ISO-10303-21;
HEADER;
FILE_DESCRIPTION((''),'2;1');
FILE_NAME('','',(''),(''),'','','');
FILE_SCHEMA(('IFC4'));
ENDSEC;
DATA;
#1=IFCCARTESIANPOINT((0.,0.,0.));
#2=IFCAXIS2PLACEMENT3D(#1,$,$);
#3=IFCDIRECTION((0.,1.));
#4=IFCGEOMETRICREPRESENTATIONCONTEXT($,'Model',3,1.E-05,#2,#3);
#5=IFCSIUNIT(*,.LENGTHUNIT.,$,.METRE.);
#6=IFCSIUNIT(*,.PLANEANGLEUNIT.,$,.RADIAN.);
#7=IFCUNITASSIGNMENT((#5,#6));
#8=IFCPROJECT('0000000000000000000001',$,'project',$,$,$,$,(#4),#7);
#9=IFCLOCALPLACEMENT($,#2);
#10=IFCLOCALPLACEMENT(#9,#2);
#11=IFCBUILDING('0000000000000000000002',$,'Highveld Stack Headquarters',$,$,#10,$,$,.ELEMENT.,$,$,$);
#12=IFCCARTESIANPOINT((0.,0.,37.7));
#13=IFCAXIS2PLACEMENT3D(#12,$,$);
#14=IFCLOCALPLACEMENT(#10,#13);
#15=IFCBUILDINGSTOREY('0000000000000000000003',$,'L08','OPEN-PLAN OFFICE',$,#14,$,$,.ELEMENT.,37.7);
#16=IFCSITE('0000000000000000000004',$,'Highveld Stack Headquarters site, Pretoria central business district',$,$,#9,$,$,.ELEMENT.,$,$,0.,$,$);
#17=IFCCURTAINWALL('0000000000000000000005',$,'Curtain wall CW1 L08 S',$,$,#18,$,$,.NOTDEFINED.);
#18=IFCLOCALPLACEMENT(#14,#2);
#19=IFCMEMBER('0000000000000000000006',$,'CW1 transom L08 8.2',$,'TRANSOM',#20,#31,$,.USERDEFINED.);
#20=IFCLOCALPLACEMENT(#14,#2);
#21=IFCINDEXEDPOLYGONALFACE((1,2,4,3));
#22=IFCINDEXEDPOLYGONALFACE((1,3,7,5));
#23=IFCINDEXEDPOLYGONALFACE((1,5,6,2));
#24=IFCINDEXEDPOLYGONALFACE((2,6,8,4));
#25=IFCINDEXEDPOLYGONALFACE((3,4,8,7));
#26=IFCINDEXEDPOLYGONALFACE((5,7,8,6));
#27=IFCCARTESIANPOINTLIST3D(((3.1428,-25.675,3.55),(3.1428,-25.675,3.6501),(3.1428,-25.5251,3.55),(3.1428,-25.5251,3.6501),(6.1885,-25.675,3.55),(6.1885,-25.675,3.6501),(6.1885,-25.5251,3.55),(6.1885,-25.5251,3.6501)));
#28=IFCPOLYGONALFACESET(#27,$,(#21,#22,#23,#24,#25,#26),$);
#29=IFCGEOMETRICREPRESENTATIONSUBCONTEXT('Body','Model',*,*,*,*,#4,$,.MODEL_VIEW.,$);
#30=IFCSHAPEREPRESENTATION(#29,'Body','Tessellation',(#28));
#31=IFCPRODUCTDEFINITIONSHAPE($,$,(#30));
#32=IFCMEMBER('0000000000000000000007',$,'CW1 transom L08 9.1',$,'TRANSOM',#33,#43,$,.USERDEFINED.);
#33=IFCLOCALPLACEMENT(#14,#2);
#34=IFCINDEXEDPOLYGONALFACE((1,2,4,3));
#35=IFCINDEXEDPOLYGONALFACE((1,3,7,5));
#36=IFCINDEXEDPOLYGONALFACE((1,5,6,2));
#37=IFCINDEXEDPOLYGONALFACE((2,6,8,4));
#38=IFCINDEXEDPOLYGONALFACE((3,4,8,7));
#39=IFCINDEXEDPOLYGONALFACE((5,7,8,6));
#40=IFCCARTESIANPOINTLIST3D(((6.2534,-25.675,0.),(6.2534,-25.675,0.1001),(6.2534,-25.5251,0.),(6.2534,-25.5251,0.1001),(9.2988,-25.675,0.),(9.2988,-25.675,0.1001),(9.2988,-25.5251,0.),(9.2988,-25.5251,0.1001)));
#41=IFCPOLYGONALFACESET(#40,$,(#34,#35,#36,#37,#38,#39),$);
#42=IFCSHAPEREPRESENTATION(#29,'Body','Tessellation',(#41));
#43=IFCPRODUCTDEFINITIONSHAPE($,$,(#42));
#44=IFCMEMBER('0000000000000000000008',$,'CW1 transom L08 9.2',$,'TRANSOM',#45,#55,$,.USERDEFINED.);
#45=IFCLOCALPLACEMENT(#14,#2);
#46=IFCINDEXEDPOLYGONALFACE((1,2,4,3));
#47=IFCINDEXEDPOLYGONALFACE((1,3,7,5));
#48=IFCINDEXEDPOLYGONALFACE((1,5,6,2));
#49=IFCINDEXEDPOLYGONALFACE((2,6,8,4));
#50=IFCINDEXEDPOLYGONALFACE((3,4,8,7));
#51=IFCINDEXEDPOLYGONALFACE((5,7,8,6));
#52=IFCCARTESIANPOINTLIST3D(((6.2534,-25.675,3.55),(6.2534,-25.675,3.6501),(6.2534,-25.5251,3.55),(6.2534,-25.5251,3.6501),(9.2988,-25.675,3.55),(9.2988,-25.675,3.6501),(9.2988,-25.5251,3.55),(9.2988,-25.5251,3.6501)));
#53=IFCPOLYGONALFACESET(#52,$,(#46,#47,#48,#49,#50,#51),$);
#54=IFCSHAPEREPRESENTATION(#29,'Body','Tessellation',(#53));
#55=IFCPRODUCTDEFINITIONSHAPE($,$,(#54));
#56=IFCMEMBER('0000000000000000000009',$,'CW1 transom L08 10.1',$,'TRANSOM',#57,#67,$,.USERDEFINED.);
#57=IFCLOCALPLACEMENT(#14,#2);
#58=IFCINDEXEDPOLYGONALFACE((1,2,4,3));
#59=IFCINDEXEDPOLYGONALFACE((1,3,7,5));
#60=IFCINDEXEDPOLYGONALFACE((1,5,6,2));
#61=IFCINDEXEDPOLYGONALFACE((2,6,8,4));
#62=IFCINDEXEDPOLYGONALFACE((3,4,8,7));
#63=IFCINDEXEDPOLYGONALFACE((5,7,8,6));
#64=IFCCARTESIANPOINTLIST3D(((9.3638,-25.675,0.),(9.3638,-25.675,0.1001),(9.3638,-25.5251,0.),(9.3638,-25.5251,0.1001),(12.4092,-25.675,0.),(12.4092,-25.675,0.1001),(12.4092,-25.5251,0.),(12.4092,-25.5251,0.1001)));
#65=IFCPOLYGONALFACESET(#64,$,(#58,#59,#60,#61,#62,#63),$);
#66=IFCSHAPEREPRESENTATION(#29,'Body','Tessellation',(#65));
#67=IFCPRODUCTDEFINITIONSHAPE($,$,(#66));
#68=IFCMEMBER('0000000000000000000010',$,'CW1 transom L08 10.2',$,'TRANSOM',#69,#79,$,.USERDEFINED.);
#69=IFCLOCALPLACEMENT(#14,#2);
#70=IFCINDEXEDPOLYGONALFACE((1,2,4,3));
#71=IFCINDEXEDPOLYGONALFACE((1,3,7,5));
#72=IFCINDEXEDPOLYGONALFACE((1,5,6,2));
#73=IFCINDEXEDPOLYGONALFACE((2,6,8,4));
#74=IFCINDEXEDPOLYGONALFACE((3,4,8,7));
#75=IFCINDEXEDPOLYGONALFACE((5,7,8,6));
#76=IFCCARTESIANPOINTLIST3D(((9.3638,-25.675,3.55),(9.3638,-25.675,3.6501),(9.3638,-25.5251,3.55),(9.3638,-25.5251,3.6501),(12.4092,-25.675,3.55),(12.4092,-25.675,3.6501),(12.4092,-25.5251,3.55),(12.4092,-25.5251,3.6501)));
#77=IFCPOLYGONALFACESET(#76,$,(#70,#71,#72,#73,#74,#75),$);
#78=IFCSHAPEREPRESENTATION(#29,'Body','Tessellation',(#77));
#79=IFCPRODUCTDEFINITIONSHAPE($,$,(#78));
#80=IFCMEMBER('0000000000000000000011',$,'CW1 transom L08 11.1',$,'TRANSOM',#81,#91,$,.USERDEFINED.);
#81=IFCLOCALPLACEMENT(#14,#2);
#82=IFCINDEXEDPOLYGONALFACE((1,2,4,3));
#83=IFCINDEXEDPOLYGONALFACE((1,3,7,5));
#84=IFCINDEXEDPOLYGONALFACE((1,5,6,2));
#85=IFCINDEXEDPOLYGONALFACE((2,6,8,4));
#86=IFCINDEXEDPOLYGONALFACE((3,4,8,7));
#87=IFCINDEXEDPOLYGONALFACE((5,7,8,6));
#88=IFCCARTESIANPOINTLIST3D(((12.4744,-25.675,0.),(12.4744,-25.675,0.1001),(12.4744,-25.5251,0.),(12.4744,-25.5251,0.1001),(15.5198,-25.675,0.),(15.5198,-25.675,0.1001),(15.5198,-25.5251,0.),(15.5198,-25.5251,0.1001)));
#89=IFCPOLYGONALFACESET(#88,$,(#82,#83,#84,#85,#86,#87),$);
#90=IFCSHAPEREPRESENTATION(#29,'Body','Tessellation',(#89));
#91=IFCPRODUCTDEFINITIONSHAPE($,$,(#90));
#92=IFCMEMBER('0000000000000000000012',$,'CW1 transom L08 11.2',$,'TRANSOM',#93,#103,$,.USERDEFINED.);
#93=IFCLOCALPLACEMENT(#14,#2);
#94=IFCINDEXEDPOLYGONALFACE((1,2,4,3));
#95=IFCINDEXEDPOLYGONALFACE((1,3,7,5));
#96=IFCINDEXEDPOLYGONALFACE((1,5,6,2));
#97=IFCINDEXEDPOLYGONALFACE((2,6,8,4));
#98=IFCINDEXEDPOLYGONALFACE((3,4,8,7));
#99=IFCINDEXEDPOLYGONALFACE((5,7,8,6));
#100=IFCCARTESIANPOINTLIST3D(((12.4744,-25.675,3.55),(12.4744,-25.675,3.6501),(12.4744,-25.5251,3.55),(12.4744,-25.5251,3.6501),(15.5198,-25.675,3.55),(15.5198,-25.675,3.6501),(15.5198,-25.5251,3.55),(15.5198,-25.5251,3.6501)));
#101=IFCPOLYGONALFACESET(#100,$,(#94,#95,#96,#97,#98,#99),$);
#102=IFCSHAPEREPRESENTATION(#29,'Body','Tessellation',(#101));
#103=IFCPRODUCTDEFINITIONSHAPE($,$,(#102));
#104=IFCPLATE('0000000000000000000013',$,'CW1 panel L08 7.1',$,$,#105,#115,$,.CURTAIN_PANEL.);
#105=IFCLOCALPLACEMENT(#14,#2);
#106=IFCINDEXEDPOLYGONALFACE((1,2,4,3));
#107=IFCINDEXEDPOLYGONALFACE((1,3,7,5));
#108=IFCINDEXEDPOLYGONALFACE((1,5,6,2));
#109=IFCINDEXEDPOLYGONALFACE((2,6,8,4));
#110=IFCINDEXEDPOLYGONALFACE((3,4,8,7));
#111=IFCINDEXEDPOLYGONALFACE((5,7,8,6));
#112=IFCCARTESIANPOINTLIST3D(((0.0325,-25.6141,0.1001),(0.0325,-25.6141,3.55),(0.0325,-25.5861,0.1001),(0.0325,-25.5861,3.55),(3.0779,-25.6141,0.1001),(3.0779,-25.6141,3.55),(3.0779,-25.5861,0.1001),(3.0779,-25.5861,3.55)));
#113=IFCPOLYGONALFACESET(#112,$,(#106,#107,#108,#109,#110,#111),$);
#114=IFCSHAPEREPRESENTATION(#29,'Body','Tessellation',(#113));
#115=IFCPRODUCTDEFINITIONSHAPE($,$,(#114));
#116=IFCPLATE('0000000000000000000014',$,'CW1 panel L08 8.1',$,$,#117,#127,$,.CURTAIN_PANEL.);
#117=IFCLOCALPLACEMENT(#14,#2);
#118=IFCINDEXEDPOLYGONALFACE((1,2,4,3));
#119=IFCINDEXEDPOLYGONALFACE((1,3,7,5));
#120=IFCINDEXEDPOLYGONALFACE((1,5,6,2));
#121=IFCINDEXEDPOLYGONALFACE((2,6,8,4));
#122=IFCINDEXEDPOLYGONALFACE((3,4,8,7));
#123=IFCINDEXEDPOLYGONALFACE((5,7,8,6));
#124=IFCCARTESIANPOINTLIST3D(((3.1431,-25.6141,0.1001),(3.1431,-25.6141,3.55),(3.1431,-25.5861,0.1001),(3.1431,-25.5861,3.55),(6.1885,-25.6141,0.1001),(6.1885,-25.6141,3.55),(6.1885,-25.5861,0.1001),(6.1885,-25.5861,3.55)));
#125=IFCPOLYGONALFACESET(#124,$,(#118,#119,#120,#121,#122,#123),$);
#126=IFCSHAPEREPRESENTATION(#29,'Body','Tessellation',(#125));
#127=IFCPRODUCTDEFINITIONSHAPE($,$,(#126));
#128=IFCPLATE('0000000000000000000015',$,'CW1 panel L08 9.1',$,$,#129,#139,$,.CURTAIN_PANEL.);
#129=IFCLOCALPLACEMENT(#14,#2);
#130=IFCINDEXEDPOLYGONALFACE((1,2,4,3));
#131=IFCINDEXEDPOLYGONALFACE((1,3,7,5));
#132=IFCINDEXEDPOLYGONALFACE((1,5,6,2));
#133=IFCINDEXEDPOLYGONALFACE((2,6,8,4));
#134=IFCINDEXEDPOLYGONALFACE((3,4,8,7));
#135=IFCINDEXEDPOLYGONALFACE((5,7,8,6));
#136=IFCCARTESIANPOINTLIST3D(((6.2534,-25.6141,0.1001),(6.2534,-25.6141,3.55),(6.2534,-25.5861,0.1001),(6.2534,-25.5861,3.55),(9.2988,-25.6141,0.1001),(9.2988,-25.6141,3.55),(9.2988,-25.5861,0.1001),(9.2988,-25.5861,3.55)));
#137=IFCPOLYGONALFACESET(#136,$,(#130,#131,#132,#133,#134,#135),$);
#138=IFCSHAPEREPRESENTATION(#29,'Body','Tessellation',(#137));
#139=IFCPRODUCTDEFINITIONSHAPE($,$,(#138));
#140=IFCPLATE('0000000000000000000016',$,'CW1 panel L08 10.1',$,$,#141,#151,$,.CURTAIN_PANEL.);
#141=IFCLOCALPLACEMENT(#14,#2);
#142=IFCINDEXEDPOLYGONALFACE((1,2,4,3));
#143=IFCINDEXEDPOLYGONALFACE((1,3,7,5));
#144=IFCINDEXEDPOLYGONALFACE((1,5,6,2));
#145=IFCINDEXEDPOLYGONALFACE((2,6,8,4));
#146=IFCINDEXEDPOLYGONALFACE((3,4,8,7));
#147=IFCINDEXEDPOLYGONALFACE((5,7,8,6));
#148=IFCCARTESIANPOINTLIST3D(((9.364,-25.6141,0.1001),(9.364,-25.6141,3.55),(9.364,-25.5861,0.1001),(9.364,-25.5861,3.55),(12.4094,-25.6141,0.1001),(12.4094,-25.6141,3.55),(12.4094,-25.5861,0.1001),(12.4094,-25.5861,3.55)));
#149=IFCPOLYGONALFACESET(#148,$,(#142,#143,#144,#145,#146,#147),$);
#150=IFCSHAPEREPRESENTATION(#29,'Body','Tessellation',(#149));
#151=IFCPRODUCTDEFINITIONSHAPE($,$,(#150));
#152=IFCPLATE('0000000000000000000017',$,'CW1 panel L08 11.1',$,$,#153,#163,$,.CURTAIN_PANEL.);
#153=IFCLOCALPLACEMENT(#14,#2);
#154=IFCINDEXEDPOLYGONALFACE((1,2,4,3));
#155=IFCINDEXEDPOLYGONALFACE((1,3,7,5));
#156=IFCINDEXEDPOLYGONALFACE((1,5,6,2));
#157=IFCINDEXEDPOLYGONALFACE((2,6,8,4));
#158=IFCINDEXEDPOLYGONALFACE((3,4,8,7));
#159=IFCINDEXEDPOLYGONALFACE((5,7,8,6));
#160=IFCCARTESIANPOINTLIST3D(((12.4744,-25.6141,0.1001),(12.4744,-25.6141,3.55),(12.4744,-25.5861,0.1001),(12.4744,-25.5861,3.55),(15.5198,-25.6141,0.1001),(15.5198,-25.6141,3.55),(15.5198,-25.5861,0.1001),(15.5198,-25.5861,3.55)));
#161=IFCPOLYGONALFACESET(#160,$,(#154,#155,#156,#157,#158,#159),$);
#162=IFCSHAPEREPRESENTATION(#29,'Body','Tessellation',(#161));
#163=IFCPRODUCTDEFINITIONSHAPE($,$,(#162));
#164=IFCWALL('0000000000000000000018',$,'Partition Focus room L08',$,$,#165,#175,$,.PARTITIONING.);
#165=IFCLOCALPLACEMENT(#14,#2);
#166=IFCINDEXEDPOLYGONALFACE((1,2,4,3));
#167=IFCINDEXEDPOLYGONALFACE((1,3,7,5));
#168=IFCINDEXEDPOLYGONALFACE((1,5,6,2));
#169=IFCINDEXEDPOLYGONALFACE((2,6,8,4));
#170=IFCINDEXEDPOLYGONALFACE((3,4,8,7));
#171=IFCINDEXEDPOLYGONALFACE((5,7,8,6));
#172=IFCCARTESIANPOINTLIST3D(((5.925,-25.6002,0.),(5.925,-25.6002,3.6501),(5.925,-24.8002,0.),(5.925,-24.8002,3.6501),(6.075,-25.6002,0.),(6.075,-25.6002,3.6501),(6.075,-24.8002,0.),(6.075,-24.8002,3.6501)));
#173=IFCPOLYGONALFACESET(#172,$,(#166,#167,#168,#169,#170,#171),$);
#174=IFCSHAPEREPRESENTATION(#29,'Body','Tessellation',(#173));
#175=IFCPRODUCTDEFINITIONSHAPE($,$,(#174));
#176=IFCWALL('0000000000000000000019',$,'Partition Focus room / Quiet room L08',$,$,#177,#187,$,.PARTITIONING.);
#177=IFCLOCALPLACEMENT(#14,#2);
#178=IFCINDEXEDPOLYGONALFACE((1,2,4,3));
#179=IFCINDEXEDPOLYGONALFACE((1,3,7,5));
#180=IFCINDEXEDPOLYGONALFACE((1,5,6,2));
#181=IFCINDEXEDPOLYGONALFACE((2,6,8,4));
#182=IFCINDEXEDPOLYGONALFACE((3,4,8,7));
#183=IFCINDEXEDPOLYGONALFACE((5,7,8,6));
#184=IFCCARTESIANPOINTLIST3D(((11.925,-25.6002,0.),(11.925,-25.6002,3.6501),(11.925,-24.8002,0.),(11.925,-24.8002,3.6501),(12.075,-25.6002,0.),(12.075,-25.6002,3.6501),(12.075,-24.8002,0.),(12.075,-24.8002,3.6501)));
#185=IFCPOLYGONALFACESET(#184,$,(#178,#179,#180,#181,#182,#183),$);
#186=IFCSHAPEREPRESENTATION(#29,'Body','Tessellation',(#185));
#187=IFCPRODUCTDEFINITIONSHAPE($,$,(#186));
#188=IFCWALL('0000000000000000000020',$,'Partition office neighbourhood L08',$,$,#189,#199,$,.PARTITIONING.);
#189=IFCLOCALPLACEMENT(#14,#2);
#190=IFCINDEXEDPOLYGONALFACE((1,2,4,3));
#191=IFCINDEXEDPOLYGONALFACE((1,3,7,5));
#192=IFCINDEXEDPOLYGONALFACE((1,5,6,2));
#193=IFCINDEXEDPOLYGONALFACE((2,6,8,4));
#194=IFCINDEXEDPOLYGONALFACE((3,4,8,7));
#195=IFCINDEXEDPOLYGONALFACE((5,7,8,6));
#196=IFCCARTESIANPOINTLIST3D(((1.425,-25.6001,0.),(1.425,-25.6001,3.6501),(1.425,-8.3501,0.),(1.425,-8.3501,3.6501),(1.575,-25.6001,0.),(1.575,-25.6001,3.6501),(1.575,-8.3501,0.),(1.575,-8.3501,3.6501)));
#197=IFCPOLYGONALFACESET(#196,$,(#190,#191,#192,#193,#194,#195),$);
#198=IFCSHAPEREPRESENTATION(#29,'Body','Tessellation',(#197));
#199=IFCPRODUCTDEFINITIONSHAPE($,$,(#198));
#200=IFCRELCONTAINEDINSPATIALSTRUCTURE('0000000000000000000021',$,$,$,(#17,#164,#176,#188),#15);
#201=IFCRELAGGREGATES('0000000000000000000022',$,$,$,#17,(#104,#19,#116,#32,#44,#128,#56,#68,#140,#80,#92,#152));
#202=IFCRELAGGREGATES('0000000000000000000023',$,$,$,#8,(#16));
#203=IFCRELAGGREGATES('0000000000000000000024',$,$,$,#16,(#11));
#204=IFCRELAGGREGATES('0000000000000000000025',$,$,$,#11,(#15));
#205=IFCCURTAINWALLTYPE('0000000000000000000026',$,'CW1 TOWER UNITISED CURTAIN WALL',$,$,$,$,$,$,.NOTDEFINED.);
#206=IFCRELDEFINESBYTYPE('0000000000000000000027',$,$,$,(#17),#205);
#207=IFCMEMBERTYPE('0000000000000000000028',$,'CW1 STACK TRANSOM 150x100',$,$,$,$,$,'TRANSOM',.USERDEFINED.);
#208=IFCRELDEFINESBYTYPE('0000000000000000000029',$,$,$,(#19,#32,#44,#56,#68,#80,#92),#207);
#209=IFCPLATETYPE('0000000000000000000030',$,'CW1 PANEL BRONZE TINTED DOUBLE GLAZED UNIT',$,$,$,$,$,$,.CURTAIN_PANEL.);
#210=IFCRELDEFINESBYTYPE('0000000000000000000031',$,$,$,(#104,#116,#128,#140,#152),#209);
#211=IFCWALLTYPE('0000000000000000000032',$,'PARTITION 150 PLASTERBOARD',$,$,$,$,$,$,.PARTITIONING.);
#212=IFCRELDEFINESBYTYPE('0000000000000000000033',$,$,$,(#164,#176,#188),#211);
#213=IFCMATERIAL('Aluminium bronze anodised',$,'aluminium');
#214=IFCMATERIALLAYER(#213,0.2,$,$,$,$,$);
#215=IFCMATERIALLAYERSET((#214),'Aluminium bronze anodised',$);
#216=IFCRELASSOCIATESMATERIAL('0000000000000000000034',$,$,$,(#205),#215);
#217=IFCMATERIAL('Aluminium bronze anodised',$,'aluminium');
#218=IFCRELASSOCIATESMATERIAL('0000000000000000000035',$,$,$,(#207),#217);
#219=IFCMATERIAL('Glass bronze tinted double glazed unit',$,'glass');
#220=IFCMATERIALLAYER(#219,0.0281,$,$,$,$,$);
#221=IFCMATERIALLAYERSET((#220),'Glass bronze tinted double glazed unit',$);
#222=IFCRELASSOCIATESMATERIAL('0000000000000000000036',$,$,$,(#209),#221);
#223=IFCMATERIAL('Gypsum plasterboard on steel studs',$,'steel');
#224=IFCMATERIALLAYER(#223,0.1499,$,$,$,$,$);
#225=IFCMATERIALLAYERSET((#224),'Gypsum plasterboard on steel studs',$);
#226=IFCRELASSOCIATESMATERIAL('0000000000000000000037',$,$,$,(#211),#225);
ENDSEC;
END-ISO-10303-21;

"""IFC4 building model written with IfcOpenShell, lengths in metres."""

from ifc_helpers import new_model, si_unit, direction, frame, frame_2d, origin, origin_2d, place, context, subcontext, project, spatial, rectangle, extrude, material, layer, layer_set, material_profile, profile_set, type_object, element, aggregate, save


model = new_model("IFC4")

# Units and contexts
model_context = context("Model", 3, precision=1e-05, world=origin(), true_north=direction((0.0, 1.0)))
body_context = subcontext(model_context, "Body", "Model", "MODEL_VIEW")
ifc_project = project(units=[si_unit("LENGTHUNIT", "METRE"), si_unit("PLANEANGLEUNIT", "RADIAN")], contexts=[model_context])

# Site, building, storey
site_placement = place(None, origin())
site = spatial("IfcSite", under=ifc_project, at=site_placement, Name="Highveld Stack Headquarters site, Pretoria central business district", CompositionType="ELEMENT", RefElevation=0.0)
building_placement = place(site_placement, origin())
building = spatial("IfcBuilding", under=site, at=building_placement, Name="Highveld Stack Headquarters", CompositionType="ELEMENT")
storey_placement = place(building_placement, frame((0.0, 0.0, 37.7)))
storey = spatial("IfcBuildingStorey", under=building, at=storey_placement, Name="L08", Description="OPEN-PLAN OFFICE", CompositionType="ELEMENT", Elevation=37.7)

# Curtain wall, members, plates
ifc_material_1 = material(Name="Aluminium bronze anodised", Category="aluminium")
ifc_layer_1 = layer(ifc_material_1, 0.2)
ifc_layer_set_1 = layer_set([ifc_layer_1], Name="Aluminium bronze anodised")
curtain_wall_type = type_object("IfcCurtainWallType", Name="CW1 TOWER UNITISED CURTAIN WALL", PredefinedType="NOTDEFINED", material=ifc_layer_set_1)
curtain_wall_placement = place(storey_placement, origin())
curtain_wall = element("IfcCurtainWall", 1, at=curtain_wall_placement, inside=storey, type_object=curtain_wall_type, Name="Curtain wall CW1 L08 S", PredefinedType="NOTDEFINED")
ifc_material_2 = material(Name="Aluminium bronze anodised", Category="aluminium")
ifc_material_profile_1 = material_profile(ifc_material_2, rectangle(XDim=0.1499, YDim=0.1001, at=origin_2d()), Name="CW1 TRANSOM 150x100")
ifc_profile_set_1 = profile_set([ifc_material_profile_1], Name="Aluminium bronze anodised")
member_type_1 = type_object("IfcMemberType", Name="CW1 STACK TRANSOM 150x100", ElementType="TRANSOM", PredefinedType="USERDEFINED", material=ifc_profile_set_1)
member_1_placement = place(storey_placement, frame((3.1428, -25.6001, 3.6001), z_axis=(1.0, 0.0, 0.0), x_axis=(0.0, 1.0, 0.0)))
member_1 = element("IfcMember", 2, at=member_1_placement, type_object=member_type_1, Name="CW1 transom L08 8.2", ObjectType="TRANSOM", PredefinedType="USERDEFINED", context=body_context, shape_type="SweptSolid", body=[
    extrude(rectangle(XDim=0.1499, YDim=0.1001, at=origin_2d()), origin(), (0.0, 0.0, 1.0), 3.0457),
])
member_2_placement = place(storey_placement, frame((6.2534, -25.6001, 0.05), z_axis=(1.0, 0.0, 0.0), x_axis=(0.0, 1.0, 0.0)))
member_2 = element("IfcMember", 3, at=member_2_placement, type_object=member_type_1, Name="CW1 transom L08 9.1", ObjectType="TRANSOM", PredefinedType="USERDEFINED", context=body_context, shape_type="SweptSolid", body=[
    extrude(rectangle(XDim=0.1499, YDim=0.1001, at=origin_2d()), origin(), (0.0, 0.0, 1.0), 3.0454),
])
member_3_placement = place(storey_placement, frame((6.2534, -25.6001, 3.6001), z_axis=(1.0, 0.0, 0.0), x_axis=(0.0, 1.0, 0.0)))
member_3 = element("IfcMember", 4, at=member_3_placement, type_object=member_type_1, Name="CW1 transom L08 9.2", ObjectType="TRANSOM", PredefinedType="USERDEFINED", context=body_context, shape_type="SweptSolid", body=[
    extrude(rectangle(XDim=0.1499, YDim=0.1001, at=origin_2d()), origin(), (0.0, 0.0, 1.0), 3.0454),
])
member_4_placement = place(storey_placement, frame((9.3638, -25.6001, 0.05), z_axis=(1.0, 0.0, 0.0), x_axis=(0.0, 1.0, 0.0)))
member_4 = element("IfcMember", 5, at=member_4_placement, type_object=member_type_1, Name="CW1 transom L08 10.1", ObjectType="TRANSOM", PredefinedType="USERDEFINED", context=body_context, shape_type="SweptSolid", body=[
    extrude(rectangle(XDim=0.1499, YDim=0.1001, at=origin_2d()), origin(), (0.0, 0.0, 1.0), 3.0454),
])
member_5_placement = place(storey_placement, frame((9.3638, -25.6001, 3.6001), z_axis=(1.0, 0.0, 0.0), x_axis=(0.0, 1.0, 0.0)))
member_5 = element("IfcMember", 6, at=member_5_placement, type_object=member_type_1, Name="CW1 transom L08 10.2", ObjectType="TRANSOM", PredefinedType="USERDEFINED", context=body_context, shape_type="SweptSolid", body=[
    extrude(rectangle(XDim=0.1499, YDim=0.1001, at=origin_2d()), origin(), (0.0, 0.0, 1.0), 3.0454),
])
member_6_placement = place(storey_placement, frame((12.4744, -25.6001, 0.05), z_axis=(1.0, 0.0, 0.0), x_axis=(0.0, 1.0, 0.0)))
member_6 = element("IfcMember", 7, at=member_6_placement, type_object=member_type_1, Name="CW1 transom L08 11.1", ObjectType="TRANSOM", PredefinedType="USERDEFINED", context=body_context, shape_type="SweptSolid", body=[
    extrude(rectangle(XDim=0.1499, YDim=0.1001, at=origin_2d()), origin(), (0.0, 0.0, 1.0), 3.0454),
])
member_7_placement = place(storey_placement, frame((12.4744, -25.6001, 3.6001), z_axis=(1.0, 0.0, 0.0), x_axis=(0.0, 1.0, 0.0)))
member_7 = element("IfcMember", 8, at=member_7_placement, type_object=member_type_1, Name="CW1 transom L08 11.2", ObjectType="TRANSOM", PredefinedType="USERDEFINED", context=body_context, shape_type="SweptSolid", body=[
    extrude(rectangle(XDim=0.1499, YDim=0.1001, at=origin_2d()), origin(), (0.0, 0.0, 1.0), 3.0454),
])
ifc_material_3 = material(Name="Glass bronze tinted double glazed unit", Category="glass")
ifc_layer_2 = layer(ifc_material_3, 0.0281)
ifc_layer_set_2 = layer_set([ifc_layer_2], Name="Glass bronze tinted double glazed unit")
plate_type = type_object("IfcPlateType", Name="CW1 PANEL BRONZE TINTED DOUBLE GLAZED UNIT", PredefinedType="CURTAIN_PANEL", material=ifc_layer_set_2)
plate_1_placement = place(storey_placement, frame((1.5552, -25.6001, 0.1001), z_axis=(0.0, 0.0, 1.0), x_axis=(1.0, 0.0, 0.0)))
plate_1 = element("IfcPlate", 9, at=plate_1_placement, type_object=plate_type, Name="CW1 panel L08 7.1", PredefinedType="CURTAIN_PANEL", context=body_context, shape_type="SweptSolid", body=[
    extrude(rectangle(XDim=3.0454, YDim=0.0281, at=origin_2d()), origin(), (0.0, 0.0, 1.0), 3.45),
])
plate_2_placement = place(storey_placement, frame((4.6658, -25.6001, 0.1001), z_axis=(0.0, 0.0, 1.0), x_axis=(1.0, 0.0, 0.0)))
plate_2 = element("IfcPlate", 10, at=plate_2_placement, type_object=plate_type, Name="CW1 panel L08 8.1", PredefinedType="CURTAIN_PANEL", context=body_context, shape_type="SweptSolid", body=[
    extrude(rectangle(XDim=3.0454, YDim=0.0281, at=origin_2d()), origin(), (0.0, 0.0, 1.0), 3.45),
])
plate_3_placement = place(storey_placement, frame((7.7761, -25.6001, 0.1001), z_axis=(0.0, 0.0, 1.0), x_axis=(1.0, 0.0, 0.0)))
plate_3 = element("IfcPlate", 11, at=plate_3_placement, type_object=plate_type, Name="CW1 panel L08 9.1", PredefinedType="CURTAIN_PANEL", context=body_context, shape_type="SweptSolid", body=[
    extrude(rectangle(XDim=3.0454, YDim=0.0281, at=origin_2d()), origin(), (0.0, 0.0, 1.0), 3.45),
])
plate_4_placement = place(storey_placement, frame((10.8867, -25.6001, 0.1001), z_axis=(0.0, 0.0, 1.0), x_axis=(1.0, 0.0, 0.0)))
plate_4 = element("IfcPlate", 12, at=plate_4_placement, type_object=plate_type, Name="CW1 panel L08 10.1", PredefinedType="CURTAIN_PANEL", context=body_context, shape_type="SweptSolid", body=[
    extrude(rectangle(XDim=3.0454, YDim=0.0281, at=origin_2d()), origin(), (0.0, 0.0, 1.0), 3.45),
])
plate_5_placement = place(storey_placement, frame((13.9971, -25.6001, 0.1001), z_axis=(0.0, 0.0, 1.0), x_axis=(1.0, 0.0, 0.0)))
plate_5 = element("IfcPlate", 13, at=plate_5_placement, type_object=plate_type, Name="CW1 panel L08 11.1", PredefinedType="CURTAIN_PANEL", context=body_context, shape_type="SweptSolid", body=[
    extrude(rectangle(XDim=3.0454, YDim=0.0281, at=origin_2d()), origin(), (0.0, 0.0, 1.0), 3.45),
])
aggregate(curtain_wall, [plate_1, member_1, plate_2, member_2, member_3, plate_3, member_4, member_5, plate_4, member_6, member_7, plate_5])

# Walls
ifc_material_4 = material(Name="Gypsum plasterboard on steel studs", Category="steel")
ifc_layer_3 = layer(ifc_material_4, 0.1499)
ifc_layer_set_3 = layer_set([ifc_layer_3], Name="Gypsum plasterboard on steel studs")
wall_type = type_object("IfcWallType", Name="PARTITION 150 PLASTERBOARD", PredefinedType="PARTITIONING", material=ifc_layer_set_3)
for number, where, z_axis, x_axis, name in (
    (14, (6.0, -25.6001, 0.0), (0.0, 0.0, 1.0), (0.0, 1.0, 0.0), "Partition Focus room L08"),
    (15, (12.0, -25.6001, 0.0), (0.0, 0.0, 1.0), (0.0, 1.0, 0.0), "Partition Focus room / Quiet room L08"),
):
    element("IfcWall", number, at=place(storey_placement, frame(where, z_axis=z_axis, x_axis=x_axis)), inside=storey, type_object=wall_type, Name=name, PredefinedType="PARTITIONING", context=body_context, shape_type="SweptSolid", body=[
        extrude(rectangle(XDim=0.8, YDim=0.1499, at=frame_2d((0.3999, 0.0))), origin(), (0.0, 0.0, 1.0), 3.6501),
    ])
wall_placement = place(storey_placement, frame((1.5, -25.6001, 0.0), z_axis=(0.0, 0.0, 1.0), x_axis=(0.0, 1.0, 0.0)))
element("IfcWall", 16, at=wall_placement, inside=storey, type_object=wall_type, Name="Partition office neighbourhood L08", PredefinedType="PARTITIONING", context=body_context, shape_type="SweptSolid", body=[
    extrude(rectangle(XDim=17.25, YDim=0.1499, at=frame_2d((8.625, 0.0))), origin(), (0.0, 0.0, 1.0), 3.6501),
])

save(model, "model.ifc")
